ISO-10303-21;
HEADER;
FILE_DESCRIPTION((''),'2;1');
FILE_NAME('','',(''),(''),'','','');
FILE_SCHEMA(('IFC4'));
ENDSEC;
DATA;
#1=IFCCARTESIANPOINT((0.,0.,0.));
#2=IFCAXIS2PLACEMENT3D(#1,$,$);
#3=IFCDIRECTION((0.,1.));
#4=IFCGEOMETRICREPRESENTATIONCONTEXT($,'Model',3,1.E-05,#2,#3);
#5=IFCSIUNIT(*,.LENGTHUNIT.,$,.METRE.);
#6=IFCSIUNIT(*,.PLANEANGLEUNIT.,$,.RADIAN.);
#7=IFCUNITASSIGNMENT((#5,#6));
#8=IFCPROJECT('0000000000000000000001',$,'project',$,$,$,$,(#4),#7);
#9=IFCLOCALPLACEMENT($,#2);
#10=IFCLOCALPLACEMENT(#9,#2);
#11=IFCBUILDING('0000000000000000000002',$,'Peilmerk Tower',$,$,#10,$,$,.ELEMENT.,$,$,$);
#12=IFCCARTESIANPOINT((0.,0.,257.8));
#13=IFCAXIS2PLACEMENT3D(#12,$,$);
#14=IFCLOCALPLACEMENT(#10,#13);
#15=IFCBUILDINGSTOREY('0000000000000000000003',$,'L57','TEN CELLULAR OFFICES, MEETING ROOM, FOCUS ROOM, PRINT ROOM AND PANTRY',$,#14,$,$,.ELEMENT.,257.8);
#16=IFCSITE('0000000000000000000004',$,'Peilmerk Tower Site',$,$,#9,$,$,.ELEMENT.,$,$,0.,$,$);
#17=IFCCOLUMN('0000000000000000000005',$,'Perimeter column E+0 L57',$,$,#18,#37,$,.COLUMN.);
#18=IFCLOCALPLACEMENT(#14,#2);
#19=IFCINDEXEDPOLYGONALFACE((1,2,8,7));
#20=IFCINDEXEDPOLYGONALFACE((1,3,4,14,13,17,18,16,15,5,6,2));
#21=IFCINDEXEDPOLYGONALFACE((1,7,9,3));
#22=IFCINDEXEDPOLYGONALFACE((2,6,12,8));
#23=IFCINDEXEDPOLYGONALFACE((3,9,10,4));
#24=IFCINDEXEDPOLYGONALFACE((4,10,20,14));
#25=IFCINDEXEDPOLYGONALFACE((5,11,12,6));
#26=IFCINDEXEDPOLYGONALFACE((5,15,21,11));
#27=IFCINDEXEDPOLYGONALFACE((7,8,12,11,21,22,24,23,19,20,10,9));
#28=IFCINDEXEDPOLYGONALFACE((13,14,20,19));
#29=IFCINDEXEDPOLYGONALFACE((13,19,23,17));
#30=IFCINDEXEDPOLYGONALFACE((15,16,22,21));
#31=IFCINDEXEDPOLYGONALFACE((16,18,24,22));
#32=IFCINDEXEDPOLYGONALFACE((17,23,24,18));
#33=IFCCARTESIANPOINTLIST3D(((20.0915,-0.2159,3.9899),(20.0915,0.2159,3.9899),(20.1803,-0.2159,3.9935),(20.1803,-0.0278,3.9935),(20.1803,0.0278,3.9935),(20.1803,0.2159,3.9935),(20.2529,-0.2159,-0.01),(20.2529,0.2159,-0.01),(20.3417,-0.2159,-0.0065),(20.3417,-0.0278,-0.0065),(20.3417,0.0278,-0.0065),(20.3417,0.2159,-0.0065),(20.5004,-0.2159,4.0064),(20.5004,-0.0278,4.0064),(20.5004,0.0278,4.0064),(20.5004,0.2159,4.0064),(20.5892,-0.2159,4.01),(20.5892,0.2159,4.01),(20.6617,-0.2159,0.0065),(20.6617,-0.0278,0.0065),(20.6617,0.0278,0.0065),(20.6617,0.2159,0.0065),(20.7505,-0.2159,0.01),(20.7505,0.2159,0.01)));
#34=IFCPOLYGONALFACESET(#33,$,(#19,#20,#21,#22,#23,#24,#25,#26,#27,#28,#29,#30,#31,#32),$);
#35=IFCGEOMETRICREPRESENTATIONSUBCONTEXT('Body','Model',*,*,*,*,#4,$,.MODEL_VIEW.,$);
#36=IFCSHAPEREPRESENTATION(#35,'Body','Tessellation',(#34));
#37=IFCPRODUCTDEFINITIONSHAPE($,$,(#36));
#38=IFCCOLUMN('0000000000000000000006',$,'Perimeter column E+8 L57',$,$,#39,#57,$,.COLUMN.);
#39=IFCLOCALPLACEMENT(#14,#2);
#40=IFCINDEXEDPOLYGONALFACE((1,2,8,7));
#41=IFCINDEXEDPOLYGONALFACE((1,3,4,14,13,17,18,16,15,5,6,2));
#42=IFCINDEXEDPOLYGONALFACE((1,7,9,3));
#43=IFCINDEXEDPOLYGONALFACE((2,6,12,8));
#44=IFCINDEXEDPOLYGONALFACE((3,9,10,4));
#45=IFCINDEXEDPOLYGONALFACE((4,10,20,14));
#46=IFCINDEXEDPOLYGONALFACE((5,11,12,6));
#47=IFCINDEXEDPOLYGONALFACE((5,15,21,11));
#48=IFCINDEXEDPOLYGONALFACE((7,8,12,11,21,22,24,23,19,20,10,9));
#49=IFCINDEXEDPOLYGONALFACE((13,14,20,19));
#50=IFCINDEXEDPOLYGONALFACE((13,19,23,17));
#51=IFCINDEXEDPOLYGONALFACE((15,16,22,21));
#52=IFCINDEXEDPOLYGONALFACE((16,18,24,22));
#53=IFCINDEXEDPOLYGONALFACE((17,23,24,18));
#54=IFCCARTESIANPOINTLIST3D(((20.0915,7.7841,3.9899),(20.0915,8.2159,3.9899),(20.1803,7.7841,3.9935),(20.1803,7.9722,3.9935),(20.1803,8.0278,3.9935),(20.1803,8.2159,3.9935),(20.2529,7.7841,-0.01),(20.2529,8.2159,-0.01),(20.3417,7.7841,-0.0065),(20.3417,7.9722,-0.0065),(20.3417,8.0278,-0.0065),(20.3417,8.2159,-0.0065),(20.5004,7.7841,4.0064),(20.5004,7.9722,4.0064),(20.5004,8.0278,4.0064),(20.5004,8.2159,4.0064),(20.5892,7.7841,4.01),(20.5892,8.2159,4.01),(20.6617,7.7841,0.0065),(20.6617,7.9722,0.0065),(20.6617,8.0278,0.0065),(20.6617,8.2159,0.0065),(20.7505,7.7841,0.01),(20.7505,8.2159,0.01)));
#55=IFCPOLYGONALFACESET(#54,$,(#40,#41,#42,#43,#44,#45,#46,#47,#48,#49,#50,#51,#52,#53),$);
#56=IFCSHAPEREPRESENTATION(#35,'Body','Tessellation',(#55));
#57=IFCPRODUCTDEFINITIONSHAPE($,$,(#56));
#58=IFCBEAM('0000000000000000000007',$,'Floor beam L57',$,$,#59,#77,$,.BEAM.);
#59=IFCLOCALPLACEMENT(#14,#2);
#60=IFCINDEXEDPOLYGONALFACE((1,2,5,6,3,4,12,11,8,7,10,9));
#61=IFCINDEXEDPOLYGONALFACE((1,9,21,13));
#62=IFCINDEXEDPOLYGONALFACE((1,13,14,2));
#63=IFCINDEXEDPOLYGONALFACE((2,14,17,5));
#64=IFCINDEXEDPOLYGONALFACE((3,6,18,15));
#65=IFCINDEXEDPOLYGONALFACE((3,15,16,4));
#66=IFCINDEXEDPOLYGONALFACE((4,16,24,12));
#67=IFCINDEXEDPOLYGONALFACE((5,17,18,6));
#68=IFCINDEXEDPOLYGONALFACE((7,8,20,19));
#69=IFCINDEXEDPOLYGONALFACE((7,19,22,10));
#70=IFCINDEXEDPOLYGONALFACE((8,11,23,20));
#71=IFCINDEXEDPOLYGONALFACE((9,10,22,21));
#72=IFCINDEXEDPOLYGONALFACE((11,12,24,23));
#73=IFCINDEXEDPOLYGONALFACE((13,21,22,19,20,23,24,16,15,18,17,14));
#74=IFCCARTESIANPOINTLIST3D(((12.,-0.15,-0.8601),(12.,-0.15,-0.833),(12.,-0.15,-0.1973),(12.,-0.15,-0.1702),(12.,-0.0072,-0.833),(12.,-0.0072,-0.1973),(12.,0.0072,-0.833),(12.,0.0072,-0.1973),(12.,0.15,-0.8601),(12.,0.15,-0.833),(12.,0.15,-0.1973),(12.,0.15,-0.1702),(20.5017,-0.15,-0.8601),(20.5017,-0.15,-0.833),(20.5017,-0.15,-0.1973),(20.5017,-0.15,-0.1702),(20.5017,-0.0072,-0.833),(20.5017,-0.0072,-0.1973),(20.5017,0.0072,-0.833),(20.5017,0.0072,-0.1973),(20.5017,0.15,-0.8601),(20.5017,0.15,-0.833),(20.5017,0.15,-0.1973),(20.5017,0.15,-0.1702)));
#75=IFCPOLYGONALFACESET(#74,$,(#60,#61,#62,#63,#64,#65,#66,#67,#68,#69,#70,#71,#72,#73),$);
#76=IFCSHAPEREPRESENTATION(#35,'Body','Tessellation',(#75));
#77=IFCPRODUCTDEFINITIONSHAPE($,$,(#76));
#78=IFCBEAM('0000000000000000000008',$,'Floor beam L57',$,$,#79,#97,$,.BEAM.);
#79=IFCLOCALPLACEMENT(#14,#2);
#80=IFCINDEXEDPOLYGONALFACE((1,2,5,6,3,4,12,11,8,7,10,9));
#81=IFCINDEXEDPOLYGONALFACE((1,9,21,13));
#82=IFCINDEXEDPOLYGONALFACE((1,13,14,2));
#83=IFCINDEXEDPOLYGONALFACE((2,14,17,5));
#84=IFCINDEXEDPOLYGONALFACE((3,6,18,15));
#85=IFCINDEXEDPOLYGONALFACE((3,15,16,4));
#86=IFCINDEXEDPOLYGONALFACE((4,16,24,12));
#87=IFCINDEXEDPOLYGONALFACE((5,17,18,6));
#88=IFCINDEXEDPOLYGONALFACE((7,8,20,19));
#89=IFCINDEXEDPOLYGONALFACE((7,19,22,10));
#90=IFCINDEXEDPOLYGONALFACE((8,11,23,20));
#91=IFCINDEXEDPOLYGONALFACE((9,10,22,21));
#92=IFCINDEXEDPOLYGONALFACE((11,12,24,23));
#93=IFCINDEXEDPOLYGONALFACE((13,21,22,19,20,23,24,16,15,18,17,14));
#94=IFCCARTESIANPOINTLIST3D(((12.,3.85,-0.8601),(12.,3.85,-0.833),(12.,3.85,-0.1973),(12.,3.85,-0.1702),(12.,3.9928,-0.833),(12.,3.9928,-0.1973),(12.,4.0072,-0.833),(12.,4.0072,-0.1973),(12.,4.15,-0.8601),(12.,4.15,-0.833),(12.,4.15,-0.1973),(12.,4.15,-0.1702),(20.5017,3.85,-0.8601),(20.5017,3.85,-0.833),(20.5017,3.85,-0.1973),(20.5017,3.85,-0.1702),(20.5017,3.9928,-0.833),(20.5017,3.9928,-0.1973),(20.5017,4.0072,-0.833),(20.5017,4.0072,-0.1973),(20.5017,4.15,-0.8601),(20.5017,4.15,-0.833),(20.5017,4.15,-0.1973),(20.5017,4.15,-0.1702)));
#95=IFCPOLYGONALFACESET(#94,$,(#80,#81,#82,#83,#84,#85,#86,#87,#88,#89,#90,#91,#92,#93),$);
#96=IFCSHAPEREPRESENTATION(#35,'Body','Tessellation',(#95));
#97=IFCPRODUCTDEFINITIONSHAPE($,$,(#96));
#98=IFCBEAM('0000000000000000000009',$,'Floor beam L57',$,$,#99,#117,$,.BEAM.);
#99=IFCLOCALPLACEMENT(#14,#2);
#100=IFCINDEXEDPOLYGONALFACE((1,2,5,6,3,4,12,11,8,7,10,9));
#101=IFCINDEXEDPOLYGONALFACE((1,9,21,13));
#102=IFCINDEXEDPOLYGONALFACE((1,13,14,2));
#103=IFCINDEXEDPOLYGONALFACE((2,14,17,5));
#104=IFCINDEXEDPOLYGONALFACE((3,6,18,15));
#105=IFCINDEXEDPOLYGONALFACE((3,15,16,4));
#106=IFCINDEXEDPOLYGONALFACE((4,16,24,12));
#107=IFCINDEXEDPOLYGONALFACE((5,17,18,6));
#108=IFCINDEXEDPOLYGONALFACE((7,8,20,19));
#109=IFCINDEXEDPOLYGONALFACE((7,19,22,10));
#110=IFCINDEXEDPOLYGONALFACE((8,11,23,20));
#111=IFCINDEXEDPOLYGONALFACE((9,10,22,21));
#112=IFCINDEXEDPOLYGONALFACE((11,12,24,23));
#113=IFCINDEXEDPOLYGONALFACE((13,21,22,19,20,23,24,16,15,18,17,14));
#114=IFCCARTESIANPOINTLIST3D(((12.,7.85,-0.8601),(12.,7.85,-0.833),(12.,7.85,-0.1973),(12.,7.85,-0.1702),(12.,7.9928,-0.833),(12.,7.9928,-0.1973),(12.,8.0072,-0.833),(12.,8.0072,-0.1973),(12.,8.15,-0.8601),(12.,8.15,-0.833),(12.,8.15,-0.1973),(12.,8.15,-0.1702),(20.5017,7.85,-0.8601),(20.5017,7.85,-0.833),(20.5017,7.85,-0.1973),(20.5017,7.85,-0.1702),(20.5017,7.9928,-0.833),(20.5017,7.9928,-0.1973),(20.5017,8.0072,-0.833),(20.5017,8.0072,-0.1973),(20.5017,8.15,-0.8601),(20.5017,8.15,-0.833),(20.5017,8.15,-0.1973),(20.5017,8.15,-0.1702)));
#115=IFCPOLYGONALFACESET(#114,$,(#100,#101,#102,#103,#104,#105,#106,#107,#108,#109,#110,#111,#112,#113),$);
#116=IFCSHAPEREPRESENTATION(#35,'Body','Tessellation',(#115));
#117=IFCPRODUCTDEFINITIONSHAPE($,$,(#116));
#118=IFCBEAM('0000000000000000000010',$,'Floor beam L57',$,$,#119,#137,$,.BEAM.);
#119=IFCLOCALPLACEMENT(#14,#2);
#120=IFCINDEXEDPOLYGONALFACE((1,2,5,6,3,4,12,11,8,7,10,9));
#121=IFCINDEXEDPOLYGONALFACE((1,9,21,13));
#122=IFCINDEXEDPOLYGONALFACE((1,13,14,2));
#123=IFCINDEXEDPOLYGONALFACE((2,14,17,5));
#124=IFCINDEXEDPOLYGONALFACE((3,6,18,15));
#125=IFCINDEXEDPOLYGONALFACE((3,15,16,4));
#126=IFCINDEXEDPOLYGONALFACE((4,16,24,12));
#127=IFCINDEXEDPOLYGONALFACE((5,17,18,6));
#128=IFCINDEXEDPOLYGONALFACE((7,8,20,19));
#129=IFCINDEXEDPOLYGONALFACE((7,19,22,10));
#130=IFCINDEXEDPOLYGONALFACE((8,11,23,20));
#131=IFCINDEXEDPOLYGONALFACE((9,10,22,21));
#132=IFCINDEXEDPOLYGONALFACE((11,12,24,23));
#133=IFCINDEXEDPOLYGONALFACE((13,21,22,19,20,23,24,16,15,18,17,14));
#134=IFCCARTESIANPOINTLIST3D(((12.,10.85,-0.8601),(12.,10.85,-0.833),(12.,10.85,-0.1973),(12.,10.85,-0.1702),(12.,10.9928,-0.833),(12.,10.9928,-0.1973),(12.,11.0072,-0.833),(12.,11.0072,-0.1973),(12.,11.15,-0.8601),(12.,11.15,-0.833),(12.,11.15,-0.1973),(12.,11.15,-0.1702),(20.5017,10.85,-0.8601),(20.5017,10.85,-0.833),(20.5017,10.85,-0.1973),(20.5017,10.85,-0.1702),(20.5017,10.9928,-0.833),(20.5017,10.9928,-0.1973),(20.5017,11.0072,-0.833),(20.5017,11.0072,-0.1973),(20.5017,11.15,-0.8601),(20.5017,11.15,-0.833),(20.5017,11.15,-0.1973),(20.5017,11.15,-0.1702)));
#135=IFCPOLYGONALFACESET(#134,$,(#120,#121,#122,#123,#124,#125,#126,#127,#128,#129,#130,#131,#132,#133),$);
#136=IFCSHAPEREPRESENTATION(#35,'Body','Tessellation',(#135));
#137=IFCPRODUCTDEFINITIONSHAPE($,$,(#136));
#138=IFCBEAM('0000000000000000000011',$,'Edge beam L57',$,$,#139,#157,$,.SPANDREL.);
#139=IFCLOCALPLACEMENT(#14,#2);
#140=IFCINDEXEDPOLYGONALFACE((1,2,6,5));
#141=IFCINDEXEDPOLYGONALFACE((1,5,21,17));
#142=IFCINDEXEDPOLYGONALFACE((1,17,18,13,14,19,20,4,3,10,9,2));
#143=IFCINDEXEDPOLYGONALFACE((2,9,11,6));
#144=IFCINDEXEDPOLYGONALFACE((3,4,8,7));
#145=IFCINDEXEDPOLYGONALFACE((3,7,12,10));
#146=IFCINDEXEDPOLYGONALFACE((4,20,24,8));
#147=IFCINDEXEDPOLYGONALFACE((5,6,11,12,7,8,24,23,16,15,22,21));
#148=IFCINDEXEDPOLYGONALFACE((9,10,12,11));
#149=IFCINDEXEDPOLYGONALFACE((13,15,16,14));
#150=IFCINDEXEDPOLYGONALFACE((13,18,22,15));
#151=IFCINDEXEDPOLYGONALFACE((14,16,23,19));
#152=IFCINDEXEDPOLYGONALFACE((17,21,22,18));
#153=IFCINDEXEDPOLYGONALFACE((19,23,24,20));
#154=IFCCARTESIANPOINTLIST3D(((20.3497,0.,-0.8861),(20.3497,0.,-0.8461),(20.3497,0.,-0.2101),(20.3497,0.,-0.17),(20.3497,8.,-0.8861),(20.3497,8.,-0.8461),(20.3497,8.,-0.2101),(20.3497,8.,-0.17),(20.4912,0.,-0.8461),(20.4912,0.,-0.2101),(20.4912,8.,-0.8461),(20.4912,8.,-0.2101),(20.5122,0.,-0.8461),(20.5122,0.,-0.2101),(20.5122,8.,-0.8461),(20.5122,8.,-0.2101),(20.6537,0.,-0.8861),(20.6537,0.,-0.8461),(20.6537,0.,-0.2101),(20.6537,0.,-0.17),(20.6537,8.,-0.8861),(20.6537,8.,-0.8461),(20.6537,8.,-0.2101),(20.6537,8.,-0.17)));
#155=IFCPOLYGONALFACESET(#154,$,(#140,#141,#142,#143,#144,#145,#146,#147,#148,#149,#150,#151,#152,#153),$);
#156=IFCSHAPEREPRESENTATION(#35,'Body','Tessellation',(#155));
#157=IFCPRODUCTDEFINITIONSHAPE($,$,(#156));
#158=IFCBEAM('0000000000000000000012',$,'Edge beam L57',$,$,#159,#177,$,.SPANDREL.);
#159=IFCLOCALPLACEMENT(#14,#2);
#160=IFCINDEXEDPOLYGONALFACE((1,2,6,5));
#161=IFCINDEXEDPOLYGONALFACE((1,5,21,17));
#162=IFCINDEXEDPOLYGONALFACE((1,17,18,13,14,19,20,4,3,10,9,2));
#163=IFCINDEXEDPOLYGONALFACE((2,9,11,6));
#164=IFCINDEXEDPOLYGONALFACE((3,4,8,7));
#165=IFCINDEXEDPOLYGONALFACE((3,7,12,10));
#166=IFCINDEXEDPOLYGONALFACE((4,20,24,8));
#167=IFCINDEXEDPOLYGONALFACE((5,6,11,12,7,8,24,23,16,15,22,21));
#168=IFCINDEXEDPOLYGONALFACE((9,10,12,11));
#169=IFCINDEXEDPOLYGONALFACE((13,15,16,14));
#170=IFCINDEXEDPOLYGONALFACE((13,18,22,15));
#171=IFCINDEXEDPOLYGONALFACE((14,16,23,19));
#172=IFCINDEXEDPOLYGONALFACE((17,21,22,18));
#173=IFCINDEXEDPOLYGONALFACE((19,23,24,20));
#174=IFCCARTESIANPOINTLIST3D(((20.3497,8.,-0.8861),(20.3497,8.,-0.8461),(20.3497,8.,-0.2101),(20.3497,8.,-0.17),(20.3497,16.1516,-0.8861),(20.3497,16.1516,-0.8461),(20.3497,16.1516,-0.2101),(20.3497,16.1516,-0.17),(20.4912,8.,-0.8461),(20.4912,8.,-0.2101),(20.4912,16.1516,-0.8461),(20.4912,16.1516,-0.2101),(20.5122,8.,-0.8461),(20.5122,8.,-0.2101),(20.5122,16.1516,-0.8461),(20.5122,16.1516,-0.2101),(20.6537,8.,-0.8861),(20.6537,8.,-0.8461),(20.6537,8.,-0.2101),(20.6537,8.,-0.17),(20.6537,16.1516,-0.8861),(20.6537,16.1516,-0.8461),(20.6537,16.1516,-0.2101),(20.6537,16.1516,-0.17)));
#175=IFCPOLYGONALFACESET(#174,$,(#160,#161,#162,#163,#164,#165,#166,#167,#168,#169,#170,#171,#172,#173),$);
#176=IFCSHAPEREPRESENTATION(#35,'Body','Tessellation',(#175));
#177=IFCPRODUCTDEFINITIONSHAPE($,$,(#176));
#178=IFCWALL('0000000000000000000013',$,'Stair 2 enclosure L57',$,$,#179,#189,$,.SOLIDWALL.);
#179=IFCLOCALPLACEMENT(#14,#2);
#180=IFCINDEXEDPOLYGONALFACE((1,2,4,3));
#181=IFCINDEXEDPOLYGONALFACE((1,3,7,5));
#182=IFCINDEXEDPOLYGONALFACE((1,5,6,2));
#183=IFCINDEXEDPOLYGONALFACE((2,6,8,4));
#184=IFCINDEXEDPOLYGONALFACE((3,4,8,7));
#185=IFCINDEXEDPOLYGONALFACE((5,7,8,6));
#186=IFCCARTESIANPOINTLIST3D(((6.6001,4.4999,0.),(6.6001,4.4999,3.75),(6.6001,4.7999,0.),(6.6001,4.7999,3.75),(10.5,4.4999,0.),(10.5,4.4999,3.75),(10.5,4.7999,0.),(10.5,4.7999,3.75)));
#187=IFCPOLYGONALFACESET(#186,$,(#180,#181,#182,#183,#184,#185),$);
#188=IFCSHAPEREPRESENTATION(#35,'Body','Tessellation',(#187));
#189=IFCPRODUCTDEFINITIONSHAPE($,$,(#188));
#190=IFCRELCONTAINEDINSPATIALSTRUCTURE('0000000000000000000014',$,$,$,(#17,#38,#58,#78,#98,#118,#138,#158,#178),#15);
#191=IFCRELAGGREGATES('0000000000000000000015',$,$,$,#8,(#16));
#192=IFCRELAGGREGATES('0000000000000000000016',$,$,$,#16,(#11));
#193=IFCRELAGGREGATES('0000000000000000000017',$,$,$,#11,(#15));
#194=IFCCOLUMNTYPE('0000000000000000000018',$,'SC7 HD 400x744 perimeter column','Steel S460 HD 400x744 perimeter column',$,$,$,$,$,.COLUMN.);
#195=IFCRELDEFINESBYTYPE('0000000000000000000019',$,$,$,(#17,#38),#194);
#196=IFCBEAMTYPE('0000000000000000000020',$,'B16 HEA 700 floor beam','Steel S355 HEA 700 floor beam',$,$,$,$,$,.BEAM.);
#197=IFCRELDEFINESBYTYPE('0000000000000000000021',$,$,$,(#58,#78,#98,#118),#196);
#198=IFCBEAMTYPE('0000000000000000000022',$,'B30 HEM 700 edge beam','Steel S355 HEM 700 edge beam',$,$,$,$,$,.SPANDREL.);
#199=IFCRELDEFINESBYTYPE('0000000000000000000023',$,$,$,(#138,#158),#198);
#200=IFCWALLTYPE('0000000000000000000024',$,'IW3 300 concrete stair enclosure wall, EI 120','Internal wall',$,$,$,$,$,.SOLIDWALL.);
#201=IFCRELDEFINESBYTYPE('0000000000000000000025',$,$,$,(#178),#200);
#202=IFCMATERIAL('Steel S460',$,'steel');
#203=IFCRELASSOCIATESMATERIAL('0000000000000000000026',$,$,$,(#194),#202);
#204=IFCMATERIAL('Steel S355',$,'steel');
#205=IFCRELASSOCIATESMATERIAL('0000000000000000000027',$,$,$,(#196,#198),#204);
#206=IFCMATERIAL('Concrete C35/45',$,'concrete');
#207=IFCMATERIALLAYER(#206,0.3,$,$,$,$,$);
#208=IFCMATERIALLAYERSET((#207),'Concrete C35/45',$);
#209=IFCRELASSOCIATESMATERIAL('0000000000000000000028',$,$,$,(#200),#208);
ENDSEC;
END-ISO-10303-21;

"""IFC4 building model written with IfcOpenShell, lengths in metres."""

from ifc_helpers import new_model, si_unit, direction, frame, frame_2d, origin, origin_2d, place, context, subcontext, project, spatial, rectangle, i_section, extrude, material, layer, layer_set, material_profile, profile_set, type_object, element, save


model = new_model("IFC4")

# Units and contexts
model_context = context("Model", 3, precision=1e-05, world=origin(), true_north=direction((0.0, 1.0)))
body_context = subcontext(model_context, "Body", "Model", "MODEL_VIEW")
ifc_project = project(units=[si_unit("LENGTHUNIT", "METRE"), si_unit("PLANEANGLEUNIT", "RADIAN")], contexts=[model_context])

# Site, building, storey
site_placement = place(None, origin())
site = spatial("IfcSite", under=ifc_project, at=site_placement, Name="Peilmerk Tower Site", CompositionType="ELEMENT", RefElevation=0.0)
building_placement = place(site_placement, origin())
building = spatial("IfcBuilding", under=site, at=building_placement, Name="Peilmerk Tower", CompositionType="ELEMENT")
storey_placement = place(building_placement, frame((0.0, 0.0, 257.8)))
storey = spatial("IfcBuildingStorey", under=building, at=storey_placement, Name="L57", Description="TEN CELLULAR OFFICES, MEETING ROOM, FOCUS ROOM, PRINT ROOM AND PANTRY", CompositionType="ELEMENT", Elevation=257.8)

# Columns
ifc_material_1 = material(Name="Steel S460", Category="steel")
ifc_material_profile_1 = material_profile(ifc_material_1, i_section(OverallWidth=0.4319, OverallDepth=0.498, WebThickness=0.0557, FlangeThickness=0.0889, at=origin_2d()), Name="HD 400x744")
ifc_profile_set_1 = profile_set([ifc_material_profile_1], Name="Steel S460")
column_type = type_object("IfcColumnType", Name="SC7 HD 400x744 perimeter column", Description="Steel S460 HD 400x744 perimeter column", PredefinedType="COLUMN", material=ifc_profile_set_1)
for number, where, z_axis, x_axis, name in (
    (1, (20.5017, 0.0, 0.0), (-0.040311, 0.0, 0.999187), (0.0, -1.0, 0.0), "Perimeter column E+0 L57"),
    (2, (20.5017, 8.0, 0.0), (-0.040311, 0.0, 0.999187), (0.0, -1.0, 0.0), "Perimeter column E+8 L57"),
):
    element("IfcColumn", number, at=place(storey_placement, frame(where, z_axis=z_axis, x_axis=x_axis)), inside=storey, type_object=column_type, Name=name, PredefinedType="COLUMN", context=body_context, shape_type="SweptSolid", body=[
        extrude(i_section(OverallWidth=0.4319, OverallDepth=0.498, WebThickness=0.0557, FlangeThickness=0.0889, at=origin_2d()), origin(), (0.0, 0.0, 1.0), 4.0032),
    ])

# Beams
ifc_material_2 = material(Name="Steel S355", Category="steel")
ifc_material_profile_2 = material_profile(ifc_material_2, i_section(OverallWidth=0.3, OverallDepth=0.6899, WebThickness=0.0144, FlangeThickness=0.0271, at=origin_2d()), Name="HEA 700")
ifc_profile_set_2 = profile_set([ifc_material_profile_2], Name="Steel S355")
beam_type_1 = type_object("IfcBeamType", Name="B16 HEA 700 floor beam", Description="Steel S355 HEA 700 floor beam", PredefinedType="BEAM", material=ifc_profile_set_2)
for number, where, z_axis, x_axis, name in (
    (3, (12.0, 0.0, -0.5151), (1.0, 0.0, 0.0), (0.0, 1.0, 0.0), "Floor beam L57"),
    (4, (12.0, 4.0, -0.5151), (1.0, 0.0, 0.0), (0.0, 1.0, 0.0), "Floor beam L57"),
    (5, (12.0, 8.0, -0.5151), (1.0, 0.0, 0.0), (0.0, 1.0, 0.0), "Floor beam L57"),
    (6, (12.0, 11.0, -0.5151), (1.0, 0.0, 0.0), (0.0, 1.0, 0.0), "Floor beam L57"),
):
    element("IfcBeam", number, at=place(storey_placement, frame(where, z_axis=z_axis, x_axis=x_axis)), inside=storey, type_object=beam_type_1, Name=name, PredefinedType="BEAM", context=body_context, shape_type="SweptSolid", body=[
        extrude(i_section(OverallWidth=0.3, OverallDepth=0.6899, WebThickness=0.0144, FlangeThickness=0.0271, at=origin_2d()), origin(), (0.0, 0.0, 1.0), 8.5017),
    ])
ifc_material_profile_3 = material_profile(ifc_material_2, i_section(OverallWidth=0.304, OverallDepth=0.7161, WebThickness=0.021, FlangeThickness=0.04, at=origin_2d()), Name="HEM 700")
ifc_profile_set_3 = profile_set([ifc_material_profile_3], Name="Steel S355")
beam_type_2 = type_object("IfcBeamType", Name="B30 HEM 700 edge beam", Description="Steel S355 HEM 700 edge beam", PredefinedType="SPANDREL", material=ifc_profile_set_3)
beam_1_placement = place(storey_placement, frame((20.5017, 0.0, -0.5281), z_axis=(0.0, 1.0, 0.0), x_axis=(-1.0, 0.0, 0.0)))
element("IfcBeam", 7, at=beam_1_placement, inside=storey, type_object=beam_type_2, Name="Edge beam L57", PredefinedType="SPANDREL", context=body_context, shape_type="SweptSolid", body=[
    extrude(i_section(OverallWidth=0.304, OverallDepth=0.7161, WebThickness=0.021, FlangeThickness=0.04, at=origin_2d()), origin(), (0.0, 0.0, 1.0), 8.0),
])
beam_2_placement = place(storey_placement, frame((20.5017, 8.0, -0.5281), z_axis=(0.0, 1.0, 0.0), x_axis=(-1.0, 0.0, 0.0)))
element("IfcBeam", 8, at=beam_2_placement, inside=storey, type_object=beam_type_2, Name="Edge beam L57", PredefinedType="SPANDREL", context=body_context, shape_type="SweptSolid", body=[
    extrude(i_section(OverallWidth=0.304, OverallDepth=0.7161, WebThickness=0.021, FlangeThickness=0.04, at=origin_2d()), origin(), (0.0, 0.0, 1.0), 8.1516),
])

# Wall
ifc_material_3 = material(Name="Concrete C35/45", Category="concrete")
ifc_layer_1 = layer(ifc_material_3, 0.3)
ifc_layer_set_1 = layer_set([ifc_layer_1], Name="Concrete C35/45")
wall_type_1 = type_object("IfcWallType", Name="IW3 300 concrete stair enclosure wall, EI 120", Description="Internal wall", PredefinedType="SOLIDWALL", material=ifc_layer_set_1)
wall_1_placement = place(storey_placement, frame((6.6001, 4.6499, 0.0), z_axis=(0.0, 0.0, 1.0), x_axis=(1.0, 0.0, 0.0)))
element("IfcWall", 9, at=wall_1_placement, inside=storey, type_object=wall_type_1, Name="Stair 2 enclosure L57", PredefinedType="SOLIDWALL", context=body_context, shape_type="SweptSolid", body=[
    extrude(rectangle(XDim=3.8999, YDim=0.3, at=frame_2d((1.95, 0.0))), origin(), (0.0, 0.0, 1.0), 3.75),
])

save(model, "model.ifc")
